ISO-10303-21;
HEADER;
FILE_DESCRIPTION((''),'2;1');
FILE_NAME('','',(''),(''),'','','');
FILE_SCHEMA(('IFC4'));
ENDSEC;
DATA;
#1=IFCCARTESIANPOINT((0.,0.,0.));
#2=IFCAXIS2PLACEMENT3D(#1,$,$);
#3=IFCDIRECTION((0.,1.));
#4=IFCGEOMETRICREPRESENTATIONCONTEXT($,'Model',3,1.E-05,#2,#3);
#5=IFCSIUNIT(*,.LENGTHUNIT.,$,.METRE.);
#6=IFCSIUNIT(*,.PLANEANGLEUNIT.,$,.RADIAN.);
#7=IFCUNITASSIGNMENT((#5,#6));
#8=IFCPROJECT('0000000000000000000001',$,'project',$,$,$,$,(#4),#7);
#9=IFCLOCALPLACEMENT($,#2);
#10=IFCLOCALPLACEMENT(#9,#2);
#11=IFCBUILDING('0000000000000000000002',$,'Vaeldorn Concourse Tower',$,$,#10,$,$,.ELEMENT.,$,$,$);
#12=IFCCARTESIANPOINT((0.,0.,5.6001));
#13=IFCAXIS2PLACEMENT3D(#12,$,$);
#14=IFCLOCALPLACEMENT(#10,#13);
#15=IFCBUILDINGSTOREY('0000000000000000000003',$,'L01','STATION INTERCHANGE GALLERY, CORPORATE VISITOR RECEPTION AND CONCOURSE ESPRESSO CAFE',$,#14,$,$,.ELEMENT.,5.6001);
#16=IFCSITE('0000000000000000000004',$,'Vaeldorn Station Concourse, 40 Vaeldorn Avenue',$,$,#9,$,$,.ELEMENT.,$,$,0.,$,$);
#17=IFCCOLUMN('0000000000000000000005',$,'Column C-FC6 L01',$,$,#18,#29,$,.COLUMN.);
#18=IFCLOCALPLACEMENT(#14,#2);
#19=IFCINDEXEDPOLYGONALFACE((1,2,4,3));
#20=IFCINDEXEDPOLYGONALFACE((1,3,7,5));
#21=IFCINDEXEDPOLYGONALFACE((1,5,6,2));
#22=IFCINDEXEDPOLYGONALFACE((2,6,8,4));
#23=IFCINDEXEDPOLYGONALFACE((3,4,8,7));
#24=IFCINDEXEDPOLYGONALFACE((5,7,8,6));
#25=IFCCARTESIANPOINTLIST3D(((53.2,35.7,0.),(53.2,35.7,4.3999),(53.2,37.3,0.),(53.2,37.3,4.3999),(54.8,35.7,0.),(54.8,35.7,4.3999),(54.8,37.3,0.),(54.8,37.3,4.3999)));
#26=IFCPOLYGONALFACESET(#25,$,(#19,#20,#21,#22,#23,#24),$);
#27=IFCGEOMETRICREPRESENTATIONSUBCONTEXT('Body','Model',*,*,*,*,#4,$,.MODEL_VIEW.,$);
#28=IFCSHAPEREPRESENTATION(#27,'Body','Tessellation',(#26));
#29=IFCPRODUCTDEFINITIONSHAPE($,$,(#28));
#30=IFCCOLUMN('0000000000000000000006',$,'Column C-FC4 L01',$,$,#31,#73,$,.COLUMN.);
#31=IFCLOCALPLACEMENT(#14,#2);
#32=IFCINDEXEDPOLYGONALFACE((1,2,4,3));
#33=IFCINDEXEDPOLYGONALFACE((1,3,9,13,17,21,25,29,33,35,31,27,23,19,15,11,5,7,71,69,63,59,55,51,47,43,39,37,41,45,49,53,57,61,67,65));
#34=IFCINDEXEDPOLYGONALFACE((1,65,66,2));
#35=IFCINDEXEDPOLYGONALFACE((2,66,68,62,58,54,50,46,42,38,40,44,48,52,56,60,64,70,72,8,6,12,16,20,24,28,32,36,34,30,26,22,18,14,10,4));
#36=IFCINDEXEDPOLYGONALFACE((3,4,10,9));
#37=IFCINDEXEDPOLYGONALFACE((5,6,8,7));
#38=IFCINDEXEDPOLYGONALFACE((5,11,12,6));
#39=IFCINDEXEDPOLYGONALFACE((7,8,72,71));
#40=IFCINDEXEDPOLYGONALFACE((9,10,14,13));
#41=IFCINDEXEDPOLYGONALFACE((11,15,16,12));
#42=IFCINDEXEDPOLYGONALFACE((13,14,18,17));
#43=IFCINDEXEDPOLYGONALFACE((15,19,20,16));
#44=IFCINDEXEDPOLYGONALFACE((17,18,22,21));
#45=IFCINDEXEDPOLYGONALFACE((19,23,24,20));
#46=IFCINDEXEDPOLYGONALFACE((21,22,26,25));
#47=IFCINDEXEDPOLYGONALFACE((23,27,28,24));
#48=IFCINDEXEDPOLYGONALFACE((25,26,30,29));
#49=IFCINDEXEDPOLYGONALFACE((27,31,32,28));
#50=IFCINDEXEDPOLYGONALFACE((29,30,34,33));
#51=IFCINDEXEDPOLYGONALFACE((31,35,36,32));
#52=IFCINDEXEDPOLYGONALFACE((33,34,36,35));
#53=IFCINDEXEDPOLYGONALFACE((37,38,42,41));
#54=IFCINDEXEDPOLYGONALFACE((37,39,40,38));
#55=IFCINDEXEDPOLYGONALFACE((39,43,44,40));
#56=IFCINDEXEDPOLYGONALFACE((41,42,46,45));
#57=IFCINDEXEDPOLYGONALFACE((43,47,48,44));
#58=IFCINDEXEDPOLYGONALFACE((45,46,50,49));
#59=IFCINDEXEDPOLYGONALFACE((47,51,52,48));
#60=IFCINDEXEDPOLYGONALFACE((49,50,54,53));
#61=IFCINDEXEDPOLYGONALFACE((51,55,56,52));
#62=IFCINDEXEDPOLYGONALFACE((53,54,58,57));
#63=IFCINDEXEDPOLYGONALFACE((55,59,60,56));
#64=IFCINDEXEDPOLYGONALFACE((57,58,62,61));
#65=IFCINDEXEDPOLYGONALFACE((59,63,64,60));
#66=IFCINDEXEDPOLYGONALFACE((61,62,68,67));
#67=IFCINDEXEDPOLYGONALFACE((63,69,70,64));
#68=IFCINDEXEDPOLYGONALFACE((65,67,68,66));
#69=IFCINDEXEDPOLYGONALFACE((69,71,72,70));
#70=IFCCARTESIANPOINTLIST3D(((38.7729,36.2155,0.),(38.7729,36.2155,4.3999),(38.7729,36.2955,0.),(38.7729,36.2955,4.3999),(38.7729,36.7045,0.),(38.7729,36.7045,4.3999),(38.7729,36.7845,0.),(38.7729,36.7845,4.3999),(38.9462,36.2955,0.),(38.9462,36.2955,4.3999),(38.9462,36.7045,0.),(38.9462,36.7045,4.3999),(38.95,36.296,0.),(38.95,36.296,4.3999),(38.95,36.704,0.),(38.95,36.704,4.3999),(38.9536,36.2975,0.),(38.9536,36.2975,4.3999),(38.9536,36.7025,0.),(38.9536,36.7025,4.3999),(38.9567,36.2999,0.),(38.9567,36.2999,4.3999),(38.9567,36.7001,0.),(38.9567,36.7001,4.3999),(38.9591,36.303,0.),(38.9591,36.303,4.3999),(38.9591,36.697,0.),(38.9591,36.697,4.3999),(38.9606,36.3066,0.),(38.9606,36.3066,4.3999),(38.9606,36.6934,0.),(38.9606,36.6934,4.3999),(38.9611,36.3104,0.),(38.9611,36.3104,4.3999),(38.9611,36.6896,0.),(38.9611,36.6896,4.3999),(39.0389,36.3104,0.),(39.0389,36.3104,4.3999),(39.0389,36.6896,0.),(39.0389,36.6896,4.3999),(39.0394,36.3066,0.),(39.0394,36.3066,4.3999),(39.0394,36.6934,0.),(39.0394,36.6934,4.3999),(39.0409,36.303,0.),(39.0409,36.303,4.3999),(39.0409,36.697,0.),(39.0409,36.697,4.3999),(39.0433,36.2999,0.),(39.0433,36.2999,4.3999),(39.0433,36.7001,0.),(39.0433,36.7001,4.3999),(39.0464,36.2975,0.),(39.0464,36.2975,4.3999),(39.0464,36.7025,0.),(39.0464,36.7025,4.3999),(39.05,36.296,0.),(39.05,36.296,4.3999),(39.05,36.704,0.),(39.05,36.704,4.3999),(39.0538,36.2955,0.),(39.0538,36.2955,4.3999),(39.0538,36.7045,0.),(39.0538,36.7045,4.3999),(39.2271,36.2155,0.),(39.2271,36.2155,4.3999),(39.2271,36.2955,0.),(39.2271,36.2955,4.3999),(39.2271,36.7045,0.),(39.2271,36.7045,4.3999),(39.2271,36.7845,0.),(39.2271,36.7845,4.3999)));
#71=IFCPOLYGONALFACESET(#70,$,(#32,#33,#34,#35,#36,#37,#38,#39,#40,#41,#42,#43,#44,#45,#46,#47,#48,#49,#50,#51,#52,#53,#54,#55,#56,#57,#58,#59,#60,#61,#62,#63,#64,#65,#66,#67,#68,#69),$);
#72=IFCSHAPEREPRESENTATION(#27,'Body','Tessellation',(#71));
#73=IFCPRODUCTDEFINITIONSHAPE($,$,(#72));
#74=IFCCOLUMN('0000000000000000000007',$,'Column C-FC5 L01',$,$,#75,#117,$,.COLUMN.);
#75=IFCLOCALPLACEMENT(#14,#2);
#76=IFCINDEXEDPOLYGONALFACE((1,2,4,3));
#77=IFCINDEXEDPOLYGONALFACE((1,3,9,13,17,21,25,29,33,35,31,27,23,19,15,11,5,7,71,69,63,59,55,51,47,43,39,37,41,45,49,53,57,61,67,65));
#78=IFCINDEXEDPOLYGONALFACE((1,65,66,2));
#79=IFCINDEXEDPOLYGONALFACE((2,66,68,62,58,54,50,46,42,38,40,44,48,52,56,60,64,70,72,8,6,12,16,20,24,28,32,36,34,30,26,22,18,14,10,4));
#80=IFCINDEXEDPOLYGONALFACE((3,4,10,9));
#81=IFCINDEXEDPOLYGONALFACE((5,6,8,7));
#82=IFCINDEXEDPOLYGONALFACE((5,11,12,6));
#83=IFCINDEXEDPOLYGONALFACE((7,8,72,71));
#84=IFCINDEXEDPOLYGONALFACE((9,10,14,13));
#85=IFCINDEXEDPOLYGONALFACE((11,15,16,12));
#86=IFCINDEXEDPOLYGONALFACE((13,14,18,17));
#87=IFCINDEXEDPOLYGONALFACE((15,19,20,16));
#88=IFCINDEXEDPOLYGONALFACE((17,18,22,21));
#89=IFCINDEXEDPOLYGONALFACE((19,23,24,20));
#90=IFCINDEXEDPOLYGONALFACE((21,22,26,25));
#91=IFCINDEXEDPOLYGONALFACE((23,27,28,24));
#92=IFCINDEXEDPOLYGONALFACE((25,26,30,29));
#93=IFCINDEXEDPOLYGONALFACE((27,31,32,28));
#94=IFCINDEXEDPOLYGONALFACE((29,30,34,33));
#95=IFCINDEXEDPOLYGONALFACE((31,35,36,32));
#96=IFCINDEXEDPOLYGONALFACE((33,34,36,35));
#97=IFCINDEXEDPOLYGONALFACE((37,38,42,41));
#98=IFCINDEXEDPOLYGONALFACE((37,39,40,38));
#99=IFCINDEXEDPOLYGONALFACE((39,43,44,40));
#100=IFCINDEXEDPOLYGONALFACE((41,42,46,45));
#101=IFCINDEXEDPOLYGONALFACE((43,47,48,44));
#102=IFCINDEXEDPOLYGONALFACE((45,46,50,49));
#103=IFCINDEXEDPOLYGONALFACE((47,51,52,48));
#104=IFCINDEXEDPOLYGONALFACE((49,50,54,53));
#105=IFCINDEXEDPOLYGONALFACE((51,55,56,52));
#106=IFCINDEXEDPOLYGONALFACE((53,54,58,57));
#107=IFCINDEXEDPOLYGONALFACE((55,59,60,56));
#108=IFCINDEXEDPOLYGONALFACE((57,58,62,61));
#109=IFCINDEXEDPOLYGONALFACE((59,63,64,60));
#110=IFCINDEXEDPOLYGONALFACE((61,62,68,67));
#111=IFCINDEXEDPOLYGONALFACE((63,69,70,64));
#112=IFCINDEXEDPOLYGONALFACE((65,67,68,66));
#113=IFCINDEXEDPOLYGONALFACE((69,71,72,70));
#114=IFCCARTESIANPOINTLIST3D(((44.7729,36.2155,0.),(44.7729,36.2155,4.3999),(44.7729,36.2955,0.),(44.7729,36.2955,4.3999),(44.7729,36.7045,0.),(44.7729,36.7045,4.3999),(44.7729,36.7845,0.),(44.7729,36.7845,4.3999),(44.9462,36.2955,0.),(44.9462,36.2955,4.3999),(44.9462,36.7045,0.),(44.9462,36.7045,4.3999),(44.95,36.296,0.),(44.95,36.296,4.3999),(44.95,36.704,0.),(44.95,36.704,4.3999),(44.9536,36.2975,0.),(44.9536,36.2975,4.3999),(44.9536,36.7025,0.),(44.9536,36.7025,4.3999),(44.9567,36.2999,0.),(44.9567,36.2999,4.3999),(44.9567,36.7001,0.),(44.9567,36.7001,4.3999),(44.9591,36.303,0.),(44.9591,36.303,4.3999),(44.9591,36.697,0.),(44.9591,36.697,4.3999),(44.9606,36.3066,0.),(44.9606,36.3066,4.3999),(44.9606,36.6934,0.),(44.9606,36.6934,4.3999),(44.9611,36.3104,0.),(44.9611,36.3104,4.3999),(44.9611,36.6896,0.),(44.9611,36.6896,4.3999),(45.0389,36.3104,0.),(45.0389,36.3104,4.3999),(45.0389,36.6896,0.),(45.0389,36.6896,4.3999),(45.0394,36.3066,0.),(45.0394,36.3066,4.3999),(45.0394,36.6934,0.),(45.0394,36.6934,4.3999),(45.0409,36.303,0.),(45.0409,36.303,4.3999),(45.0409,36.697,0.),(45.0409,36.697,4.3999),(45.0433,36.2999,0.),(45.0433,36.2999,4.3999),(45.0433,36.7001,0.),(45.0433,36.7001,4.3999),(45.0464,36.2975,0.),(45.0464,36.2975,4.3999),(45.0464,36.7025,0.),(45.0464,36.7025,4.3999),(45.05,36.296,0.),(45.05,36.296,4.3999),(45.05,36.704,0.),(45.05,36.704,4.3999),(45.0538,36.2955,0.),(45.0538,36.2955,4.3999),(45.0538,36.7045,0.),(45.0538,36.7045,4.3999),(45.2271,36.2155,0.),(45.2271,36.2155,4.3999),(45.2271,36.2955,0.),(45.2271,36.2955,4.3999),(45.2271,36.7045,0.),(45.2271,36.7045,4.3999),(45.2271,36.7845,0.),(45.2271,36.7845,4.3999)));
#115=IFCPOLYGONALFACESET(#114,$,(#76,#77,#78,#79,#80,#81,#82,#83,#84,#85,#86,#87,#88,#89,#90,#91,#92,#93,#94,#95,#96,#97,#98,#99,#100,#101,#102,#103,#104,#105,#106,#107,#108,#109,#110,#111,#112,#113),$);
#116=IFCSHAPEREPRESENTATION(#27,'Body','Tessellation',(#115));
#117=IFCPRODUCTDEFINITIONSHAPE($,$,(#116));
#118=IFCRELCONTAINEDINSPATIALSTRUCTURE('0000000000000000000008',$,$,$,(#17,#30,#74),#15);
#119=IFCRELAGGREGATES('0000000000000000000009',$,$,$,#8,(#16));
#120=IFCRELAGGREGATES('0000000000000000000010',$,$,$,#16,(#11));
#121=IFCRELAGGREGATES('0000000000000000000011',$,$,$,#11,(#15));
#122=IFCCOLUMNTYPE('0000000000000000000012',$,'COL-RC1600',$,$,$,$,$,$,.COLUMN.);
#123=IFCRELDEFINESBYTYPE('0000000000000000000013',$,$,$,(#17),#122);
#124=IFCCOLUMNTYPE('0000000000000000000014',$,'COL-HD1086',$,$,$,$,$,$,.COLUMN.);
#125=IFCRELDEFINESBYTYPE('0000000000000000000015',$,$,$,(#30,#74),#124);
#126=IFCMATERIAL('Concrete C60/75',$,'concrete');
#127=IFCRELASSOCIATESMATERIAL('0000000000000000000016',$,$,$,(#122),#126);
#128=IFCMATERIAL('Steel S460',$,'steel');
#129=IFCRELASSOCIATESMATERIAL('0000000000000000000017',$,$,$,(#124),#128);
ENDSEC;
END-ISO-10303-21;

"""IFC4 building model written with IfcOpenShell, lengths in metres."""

from ifc_helpers import new_model, si_unit, direction, frame, origin, origin_2d, place, context, subcontext, project, spatial, rectangle, i_section, extrude, source, transform, mapped, material, material_profile, profile_set, type_object, element, save


model = new_model("IFC4")

# Units and contexts
model_context = context("Model", 3, precision=1e-05, world=origin(), true_north=direction((0.0, 1.0)))
body_context = subcontext(model_context, "Body", "Model", "MODEL_VIEW")
ifc_project = project(units=[si_unit("LENGTHUNIT", "METRE"), si_unit("PLANEANGLEUNIT", "RADIAN")], contexts=[model_context])

# Site, building, storey
site_placement = place(None, origin())
site = spatial("IfcSite", under=ifc_project, at=site_placement, Name="Vaeldorn Station Concourse, 40 Vaeldorn Avenue", CompositionType="ELEMENT", RefElevation=0.0)
building_placement = place(site_placement, origin())
building = spatial("IfcBuilding", under=site, at=building_placement, Name="Vaeldorn Concourse Tower", CompositionType="ELEMENT")
storey_placement = place(building_placement, frame((0.0, 0.0, 5.6001)))
storey = spatial("IfcBuildingStorey", under=building, at=storey_placement, Name="L01", Description="STATION INTERCHANGE GALLERY, CORPORATE VISITOR RECEPTION AND CONCOURSE ESPRESSO CAFE", CompositionType="ELEMENT", Elevation=5.6001)

# Columns
ifc_material_1 = material(Name="Concrete C60/75", Category="concrete")
ifc_material_profile_1 = material_profile(ifc_material_1, rectangle(XDim=1.6001, YDim=1.6001, at=origin_2d()), Name="RC 1600x1600")
ifc_profile_set_1 = profile_set([ifc_material_profile_1], Name="Concrete C60/75")
column_type_1 = type_object("IfcColumnType", Name="COL-RC1600", PredefinedType="COLUMN", material=ifc_profile_set_1)
shared_shape_1 = source(origin(), body_context, "Body", "SweptSolid", [
    extrude(rectangle(XDim=1.6001, YDim=1.6001, at=origin_2d()), origin(), (0.0, 0.0, 1.0), 4.3999),
])
column_placement = place(storey_placement, frame((54.0, 36.5, 0.0), z_axis=(0.0, 0.0, 1.0), x_axis=(1.0, 0.0, 0.0)))
element("IfcColumn", 1, at=column_placement, inside=storey, type_object=column_type_1, Name="Column C-FC6 L01", PredefinedType="COLUMN", context=body_context, shape_type="MappedRepresentation", body=[
    mapped(shared_shape_1, transform((0.0, 0.0, 0.0), scale=1.0)),
])
ifc_material_2 = material(Name="Steel S460", Category="steel")
ifc_material_profile_2 = material_profile(ifc_material_2, i_section(OverallWidth=0.4541, OverallDepth=0.5691, WebThickness=0.0779, FlangeThickness=0.0801, FilletRadius=0.0149, at=origin_2d()), Name="HD 400x1086")
ifc_profile_set_2 = profile_set([ifc_material_profile_2], Name="Steel S460")
column_type_2 = type_object("IfcColumnType", Name="COL-HD1086", PredefinedType="COLUMN", material=ifc_profile_set_2)
shared_shape_2 = source(origin(), body_context, "Body", "SweptSolid", [
    extrude(i_section(OverallWidth=0.4541, OverallDepth=0.5691, WebThickness=0.0779, FlangeThickness=0.0801, FilletRadius=0.0149, at=origin_2d()), origin(), (0.0, 0.0, 1.0), 4.3999),
])
for number, where, z_axis, x_axis, name in (
    (2, (39.0, 36.5, 0.0), (0.0, 0.0, 1.0), (1.0, 0.0, 0.0), "Column C-FC4 L01"),
    (3, (45.0, 36.5, 0.0), (0.0, 0.0, 1.0), (1.0, 0.0, 0.0), "Column C-FC5 L01"),
):
    element("IfcColumn", number, at=place(storey_placement, frame(where, z_axis=z_axis, x_axis=x_axis)), inside=storey, type_object=column_type_2, Name=name, PredefinedType="COLUMN", context=body_context, shape_type="MappedRepresentation", body=[
        mapped(shared_shape_2, transform((0.0, 0.0, 0.0), scale=1.0)),
    ])

save(model, "model.ifc")
